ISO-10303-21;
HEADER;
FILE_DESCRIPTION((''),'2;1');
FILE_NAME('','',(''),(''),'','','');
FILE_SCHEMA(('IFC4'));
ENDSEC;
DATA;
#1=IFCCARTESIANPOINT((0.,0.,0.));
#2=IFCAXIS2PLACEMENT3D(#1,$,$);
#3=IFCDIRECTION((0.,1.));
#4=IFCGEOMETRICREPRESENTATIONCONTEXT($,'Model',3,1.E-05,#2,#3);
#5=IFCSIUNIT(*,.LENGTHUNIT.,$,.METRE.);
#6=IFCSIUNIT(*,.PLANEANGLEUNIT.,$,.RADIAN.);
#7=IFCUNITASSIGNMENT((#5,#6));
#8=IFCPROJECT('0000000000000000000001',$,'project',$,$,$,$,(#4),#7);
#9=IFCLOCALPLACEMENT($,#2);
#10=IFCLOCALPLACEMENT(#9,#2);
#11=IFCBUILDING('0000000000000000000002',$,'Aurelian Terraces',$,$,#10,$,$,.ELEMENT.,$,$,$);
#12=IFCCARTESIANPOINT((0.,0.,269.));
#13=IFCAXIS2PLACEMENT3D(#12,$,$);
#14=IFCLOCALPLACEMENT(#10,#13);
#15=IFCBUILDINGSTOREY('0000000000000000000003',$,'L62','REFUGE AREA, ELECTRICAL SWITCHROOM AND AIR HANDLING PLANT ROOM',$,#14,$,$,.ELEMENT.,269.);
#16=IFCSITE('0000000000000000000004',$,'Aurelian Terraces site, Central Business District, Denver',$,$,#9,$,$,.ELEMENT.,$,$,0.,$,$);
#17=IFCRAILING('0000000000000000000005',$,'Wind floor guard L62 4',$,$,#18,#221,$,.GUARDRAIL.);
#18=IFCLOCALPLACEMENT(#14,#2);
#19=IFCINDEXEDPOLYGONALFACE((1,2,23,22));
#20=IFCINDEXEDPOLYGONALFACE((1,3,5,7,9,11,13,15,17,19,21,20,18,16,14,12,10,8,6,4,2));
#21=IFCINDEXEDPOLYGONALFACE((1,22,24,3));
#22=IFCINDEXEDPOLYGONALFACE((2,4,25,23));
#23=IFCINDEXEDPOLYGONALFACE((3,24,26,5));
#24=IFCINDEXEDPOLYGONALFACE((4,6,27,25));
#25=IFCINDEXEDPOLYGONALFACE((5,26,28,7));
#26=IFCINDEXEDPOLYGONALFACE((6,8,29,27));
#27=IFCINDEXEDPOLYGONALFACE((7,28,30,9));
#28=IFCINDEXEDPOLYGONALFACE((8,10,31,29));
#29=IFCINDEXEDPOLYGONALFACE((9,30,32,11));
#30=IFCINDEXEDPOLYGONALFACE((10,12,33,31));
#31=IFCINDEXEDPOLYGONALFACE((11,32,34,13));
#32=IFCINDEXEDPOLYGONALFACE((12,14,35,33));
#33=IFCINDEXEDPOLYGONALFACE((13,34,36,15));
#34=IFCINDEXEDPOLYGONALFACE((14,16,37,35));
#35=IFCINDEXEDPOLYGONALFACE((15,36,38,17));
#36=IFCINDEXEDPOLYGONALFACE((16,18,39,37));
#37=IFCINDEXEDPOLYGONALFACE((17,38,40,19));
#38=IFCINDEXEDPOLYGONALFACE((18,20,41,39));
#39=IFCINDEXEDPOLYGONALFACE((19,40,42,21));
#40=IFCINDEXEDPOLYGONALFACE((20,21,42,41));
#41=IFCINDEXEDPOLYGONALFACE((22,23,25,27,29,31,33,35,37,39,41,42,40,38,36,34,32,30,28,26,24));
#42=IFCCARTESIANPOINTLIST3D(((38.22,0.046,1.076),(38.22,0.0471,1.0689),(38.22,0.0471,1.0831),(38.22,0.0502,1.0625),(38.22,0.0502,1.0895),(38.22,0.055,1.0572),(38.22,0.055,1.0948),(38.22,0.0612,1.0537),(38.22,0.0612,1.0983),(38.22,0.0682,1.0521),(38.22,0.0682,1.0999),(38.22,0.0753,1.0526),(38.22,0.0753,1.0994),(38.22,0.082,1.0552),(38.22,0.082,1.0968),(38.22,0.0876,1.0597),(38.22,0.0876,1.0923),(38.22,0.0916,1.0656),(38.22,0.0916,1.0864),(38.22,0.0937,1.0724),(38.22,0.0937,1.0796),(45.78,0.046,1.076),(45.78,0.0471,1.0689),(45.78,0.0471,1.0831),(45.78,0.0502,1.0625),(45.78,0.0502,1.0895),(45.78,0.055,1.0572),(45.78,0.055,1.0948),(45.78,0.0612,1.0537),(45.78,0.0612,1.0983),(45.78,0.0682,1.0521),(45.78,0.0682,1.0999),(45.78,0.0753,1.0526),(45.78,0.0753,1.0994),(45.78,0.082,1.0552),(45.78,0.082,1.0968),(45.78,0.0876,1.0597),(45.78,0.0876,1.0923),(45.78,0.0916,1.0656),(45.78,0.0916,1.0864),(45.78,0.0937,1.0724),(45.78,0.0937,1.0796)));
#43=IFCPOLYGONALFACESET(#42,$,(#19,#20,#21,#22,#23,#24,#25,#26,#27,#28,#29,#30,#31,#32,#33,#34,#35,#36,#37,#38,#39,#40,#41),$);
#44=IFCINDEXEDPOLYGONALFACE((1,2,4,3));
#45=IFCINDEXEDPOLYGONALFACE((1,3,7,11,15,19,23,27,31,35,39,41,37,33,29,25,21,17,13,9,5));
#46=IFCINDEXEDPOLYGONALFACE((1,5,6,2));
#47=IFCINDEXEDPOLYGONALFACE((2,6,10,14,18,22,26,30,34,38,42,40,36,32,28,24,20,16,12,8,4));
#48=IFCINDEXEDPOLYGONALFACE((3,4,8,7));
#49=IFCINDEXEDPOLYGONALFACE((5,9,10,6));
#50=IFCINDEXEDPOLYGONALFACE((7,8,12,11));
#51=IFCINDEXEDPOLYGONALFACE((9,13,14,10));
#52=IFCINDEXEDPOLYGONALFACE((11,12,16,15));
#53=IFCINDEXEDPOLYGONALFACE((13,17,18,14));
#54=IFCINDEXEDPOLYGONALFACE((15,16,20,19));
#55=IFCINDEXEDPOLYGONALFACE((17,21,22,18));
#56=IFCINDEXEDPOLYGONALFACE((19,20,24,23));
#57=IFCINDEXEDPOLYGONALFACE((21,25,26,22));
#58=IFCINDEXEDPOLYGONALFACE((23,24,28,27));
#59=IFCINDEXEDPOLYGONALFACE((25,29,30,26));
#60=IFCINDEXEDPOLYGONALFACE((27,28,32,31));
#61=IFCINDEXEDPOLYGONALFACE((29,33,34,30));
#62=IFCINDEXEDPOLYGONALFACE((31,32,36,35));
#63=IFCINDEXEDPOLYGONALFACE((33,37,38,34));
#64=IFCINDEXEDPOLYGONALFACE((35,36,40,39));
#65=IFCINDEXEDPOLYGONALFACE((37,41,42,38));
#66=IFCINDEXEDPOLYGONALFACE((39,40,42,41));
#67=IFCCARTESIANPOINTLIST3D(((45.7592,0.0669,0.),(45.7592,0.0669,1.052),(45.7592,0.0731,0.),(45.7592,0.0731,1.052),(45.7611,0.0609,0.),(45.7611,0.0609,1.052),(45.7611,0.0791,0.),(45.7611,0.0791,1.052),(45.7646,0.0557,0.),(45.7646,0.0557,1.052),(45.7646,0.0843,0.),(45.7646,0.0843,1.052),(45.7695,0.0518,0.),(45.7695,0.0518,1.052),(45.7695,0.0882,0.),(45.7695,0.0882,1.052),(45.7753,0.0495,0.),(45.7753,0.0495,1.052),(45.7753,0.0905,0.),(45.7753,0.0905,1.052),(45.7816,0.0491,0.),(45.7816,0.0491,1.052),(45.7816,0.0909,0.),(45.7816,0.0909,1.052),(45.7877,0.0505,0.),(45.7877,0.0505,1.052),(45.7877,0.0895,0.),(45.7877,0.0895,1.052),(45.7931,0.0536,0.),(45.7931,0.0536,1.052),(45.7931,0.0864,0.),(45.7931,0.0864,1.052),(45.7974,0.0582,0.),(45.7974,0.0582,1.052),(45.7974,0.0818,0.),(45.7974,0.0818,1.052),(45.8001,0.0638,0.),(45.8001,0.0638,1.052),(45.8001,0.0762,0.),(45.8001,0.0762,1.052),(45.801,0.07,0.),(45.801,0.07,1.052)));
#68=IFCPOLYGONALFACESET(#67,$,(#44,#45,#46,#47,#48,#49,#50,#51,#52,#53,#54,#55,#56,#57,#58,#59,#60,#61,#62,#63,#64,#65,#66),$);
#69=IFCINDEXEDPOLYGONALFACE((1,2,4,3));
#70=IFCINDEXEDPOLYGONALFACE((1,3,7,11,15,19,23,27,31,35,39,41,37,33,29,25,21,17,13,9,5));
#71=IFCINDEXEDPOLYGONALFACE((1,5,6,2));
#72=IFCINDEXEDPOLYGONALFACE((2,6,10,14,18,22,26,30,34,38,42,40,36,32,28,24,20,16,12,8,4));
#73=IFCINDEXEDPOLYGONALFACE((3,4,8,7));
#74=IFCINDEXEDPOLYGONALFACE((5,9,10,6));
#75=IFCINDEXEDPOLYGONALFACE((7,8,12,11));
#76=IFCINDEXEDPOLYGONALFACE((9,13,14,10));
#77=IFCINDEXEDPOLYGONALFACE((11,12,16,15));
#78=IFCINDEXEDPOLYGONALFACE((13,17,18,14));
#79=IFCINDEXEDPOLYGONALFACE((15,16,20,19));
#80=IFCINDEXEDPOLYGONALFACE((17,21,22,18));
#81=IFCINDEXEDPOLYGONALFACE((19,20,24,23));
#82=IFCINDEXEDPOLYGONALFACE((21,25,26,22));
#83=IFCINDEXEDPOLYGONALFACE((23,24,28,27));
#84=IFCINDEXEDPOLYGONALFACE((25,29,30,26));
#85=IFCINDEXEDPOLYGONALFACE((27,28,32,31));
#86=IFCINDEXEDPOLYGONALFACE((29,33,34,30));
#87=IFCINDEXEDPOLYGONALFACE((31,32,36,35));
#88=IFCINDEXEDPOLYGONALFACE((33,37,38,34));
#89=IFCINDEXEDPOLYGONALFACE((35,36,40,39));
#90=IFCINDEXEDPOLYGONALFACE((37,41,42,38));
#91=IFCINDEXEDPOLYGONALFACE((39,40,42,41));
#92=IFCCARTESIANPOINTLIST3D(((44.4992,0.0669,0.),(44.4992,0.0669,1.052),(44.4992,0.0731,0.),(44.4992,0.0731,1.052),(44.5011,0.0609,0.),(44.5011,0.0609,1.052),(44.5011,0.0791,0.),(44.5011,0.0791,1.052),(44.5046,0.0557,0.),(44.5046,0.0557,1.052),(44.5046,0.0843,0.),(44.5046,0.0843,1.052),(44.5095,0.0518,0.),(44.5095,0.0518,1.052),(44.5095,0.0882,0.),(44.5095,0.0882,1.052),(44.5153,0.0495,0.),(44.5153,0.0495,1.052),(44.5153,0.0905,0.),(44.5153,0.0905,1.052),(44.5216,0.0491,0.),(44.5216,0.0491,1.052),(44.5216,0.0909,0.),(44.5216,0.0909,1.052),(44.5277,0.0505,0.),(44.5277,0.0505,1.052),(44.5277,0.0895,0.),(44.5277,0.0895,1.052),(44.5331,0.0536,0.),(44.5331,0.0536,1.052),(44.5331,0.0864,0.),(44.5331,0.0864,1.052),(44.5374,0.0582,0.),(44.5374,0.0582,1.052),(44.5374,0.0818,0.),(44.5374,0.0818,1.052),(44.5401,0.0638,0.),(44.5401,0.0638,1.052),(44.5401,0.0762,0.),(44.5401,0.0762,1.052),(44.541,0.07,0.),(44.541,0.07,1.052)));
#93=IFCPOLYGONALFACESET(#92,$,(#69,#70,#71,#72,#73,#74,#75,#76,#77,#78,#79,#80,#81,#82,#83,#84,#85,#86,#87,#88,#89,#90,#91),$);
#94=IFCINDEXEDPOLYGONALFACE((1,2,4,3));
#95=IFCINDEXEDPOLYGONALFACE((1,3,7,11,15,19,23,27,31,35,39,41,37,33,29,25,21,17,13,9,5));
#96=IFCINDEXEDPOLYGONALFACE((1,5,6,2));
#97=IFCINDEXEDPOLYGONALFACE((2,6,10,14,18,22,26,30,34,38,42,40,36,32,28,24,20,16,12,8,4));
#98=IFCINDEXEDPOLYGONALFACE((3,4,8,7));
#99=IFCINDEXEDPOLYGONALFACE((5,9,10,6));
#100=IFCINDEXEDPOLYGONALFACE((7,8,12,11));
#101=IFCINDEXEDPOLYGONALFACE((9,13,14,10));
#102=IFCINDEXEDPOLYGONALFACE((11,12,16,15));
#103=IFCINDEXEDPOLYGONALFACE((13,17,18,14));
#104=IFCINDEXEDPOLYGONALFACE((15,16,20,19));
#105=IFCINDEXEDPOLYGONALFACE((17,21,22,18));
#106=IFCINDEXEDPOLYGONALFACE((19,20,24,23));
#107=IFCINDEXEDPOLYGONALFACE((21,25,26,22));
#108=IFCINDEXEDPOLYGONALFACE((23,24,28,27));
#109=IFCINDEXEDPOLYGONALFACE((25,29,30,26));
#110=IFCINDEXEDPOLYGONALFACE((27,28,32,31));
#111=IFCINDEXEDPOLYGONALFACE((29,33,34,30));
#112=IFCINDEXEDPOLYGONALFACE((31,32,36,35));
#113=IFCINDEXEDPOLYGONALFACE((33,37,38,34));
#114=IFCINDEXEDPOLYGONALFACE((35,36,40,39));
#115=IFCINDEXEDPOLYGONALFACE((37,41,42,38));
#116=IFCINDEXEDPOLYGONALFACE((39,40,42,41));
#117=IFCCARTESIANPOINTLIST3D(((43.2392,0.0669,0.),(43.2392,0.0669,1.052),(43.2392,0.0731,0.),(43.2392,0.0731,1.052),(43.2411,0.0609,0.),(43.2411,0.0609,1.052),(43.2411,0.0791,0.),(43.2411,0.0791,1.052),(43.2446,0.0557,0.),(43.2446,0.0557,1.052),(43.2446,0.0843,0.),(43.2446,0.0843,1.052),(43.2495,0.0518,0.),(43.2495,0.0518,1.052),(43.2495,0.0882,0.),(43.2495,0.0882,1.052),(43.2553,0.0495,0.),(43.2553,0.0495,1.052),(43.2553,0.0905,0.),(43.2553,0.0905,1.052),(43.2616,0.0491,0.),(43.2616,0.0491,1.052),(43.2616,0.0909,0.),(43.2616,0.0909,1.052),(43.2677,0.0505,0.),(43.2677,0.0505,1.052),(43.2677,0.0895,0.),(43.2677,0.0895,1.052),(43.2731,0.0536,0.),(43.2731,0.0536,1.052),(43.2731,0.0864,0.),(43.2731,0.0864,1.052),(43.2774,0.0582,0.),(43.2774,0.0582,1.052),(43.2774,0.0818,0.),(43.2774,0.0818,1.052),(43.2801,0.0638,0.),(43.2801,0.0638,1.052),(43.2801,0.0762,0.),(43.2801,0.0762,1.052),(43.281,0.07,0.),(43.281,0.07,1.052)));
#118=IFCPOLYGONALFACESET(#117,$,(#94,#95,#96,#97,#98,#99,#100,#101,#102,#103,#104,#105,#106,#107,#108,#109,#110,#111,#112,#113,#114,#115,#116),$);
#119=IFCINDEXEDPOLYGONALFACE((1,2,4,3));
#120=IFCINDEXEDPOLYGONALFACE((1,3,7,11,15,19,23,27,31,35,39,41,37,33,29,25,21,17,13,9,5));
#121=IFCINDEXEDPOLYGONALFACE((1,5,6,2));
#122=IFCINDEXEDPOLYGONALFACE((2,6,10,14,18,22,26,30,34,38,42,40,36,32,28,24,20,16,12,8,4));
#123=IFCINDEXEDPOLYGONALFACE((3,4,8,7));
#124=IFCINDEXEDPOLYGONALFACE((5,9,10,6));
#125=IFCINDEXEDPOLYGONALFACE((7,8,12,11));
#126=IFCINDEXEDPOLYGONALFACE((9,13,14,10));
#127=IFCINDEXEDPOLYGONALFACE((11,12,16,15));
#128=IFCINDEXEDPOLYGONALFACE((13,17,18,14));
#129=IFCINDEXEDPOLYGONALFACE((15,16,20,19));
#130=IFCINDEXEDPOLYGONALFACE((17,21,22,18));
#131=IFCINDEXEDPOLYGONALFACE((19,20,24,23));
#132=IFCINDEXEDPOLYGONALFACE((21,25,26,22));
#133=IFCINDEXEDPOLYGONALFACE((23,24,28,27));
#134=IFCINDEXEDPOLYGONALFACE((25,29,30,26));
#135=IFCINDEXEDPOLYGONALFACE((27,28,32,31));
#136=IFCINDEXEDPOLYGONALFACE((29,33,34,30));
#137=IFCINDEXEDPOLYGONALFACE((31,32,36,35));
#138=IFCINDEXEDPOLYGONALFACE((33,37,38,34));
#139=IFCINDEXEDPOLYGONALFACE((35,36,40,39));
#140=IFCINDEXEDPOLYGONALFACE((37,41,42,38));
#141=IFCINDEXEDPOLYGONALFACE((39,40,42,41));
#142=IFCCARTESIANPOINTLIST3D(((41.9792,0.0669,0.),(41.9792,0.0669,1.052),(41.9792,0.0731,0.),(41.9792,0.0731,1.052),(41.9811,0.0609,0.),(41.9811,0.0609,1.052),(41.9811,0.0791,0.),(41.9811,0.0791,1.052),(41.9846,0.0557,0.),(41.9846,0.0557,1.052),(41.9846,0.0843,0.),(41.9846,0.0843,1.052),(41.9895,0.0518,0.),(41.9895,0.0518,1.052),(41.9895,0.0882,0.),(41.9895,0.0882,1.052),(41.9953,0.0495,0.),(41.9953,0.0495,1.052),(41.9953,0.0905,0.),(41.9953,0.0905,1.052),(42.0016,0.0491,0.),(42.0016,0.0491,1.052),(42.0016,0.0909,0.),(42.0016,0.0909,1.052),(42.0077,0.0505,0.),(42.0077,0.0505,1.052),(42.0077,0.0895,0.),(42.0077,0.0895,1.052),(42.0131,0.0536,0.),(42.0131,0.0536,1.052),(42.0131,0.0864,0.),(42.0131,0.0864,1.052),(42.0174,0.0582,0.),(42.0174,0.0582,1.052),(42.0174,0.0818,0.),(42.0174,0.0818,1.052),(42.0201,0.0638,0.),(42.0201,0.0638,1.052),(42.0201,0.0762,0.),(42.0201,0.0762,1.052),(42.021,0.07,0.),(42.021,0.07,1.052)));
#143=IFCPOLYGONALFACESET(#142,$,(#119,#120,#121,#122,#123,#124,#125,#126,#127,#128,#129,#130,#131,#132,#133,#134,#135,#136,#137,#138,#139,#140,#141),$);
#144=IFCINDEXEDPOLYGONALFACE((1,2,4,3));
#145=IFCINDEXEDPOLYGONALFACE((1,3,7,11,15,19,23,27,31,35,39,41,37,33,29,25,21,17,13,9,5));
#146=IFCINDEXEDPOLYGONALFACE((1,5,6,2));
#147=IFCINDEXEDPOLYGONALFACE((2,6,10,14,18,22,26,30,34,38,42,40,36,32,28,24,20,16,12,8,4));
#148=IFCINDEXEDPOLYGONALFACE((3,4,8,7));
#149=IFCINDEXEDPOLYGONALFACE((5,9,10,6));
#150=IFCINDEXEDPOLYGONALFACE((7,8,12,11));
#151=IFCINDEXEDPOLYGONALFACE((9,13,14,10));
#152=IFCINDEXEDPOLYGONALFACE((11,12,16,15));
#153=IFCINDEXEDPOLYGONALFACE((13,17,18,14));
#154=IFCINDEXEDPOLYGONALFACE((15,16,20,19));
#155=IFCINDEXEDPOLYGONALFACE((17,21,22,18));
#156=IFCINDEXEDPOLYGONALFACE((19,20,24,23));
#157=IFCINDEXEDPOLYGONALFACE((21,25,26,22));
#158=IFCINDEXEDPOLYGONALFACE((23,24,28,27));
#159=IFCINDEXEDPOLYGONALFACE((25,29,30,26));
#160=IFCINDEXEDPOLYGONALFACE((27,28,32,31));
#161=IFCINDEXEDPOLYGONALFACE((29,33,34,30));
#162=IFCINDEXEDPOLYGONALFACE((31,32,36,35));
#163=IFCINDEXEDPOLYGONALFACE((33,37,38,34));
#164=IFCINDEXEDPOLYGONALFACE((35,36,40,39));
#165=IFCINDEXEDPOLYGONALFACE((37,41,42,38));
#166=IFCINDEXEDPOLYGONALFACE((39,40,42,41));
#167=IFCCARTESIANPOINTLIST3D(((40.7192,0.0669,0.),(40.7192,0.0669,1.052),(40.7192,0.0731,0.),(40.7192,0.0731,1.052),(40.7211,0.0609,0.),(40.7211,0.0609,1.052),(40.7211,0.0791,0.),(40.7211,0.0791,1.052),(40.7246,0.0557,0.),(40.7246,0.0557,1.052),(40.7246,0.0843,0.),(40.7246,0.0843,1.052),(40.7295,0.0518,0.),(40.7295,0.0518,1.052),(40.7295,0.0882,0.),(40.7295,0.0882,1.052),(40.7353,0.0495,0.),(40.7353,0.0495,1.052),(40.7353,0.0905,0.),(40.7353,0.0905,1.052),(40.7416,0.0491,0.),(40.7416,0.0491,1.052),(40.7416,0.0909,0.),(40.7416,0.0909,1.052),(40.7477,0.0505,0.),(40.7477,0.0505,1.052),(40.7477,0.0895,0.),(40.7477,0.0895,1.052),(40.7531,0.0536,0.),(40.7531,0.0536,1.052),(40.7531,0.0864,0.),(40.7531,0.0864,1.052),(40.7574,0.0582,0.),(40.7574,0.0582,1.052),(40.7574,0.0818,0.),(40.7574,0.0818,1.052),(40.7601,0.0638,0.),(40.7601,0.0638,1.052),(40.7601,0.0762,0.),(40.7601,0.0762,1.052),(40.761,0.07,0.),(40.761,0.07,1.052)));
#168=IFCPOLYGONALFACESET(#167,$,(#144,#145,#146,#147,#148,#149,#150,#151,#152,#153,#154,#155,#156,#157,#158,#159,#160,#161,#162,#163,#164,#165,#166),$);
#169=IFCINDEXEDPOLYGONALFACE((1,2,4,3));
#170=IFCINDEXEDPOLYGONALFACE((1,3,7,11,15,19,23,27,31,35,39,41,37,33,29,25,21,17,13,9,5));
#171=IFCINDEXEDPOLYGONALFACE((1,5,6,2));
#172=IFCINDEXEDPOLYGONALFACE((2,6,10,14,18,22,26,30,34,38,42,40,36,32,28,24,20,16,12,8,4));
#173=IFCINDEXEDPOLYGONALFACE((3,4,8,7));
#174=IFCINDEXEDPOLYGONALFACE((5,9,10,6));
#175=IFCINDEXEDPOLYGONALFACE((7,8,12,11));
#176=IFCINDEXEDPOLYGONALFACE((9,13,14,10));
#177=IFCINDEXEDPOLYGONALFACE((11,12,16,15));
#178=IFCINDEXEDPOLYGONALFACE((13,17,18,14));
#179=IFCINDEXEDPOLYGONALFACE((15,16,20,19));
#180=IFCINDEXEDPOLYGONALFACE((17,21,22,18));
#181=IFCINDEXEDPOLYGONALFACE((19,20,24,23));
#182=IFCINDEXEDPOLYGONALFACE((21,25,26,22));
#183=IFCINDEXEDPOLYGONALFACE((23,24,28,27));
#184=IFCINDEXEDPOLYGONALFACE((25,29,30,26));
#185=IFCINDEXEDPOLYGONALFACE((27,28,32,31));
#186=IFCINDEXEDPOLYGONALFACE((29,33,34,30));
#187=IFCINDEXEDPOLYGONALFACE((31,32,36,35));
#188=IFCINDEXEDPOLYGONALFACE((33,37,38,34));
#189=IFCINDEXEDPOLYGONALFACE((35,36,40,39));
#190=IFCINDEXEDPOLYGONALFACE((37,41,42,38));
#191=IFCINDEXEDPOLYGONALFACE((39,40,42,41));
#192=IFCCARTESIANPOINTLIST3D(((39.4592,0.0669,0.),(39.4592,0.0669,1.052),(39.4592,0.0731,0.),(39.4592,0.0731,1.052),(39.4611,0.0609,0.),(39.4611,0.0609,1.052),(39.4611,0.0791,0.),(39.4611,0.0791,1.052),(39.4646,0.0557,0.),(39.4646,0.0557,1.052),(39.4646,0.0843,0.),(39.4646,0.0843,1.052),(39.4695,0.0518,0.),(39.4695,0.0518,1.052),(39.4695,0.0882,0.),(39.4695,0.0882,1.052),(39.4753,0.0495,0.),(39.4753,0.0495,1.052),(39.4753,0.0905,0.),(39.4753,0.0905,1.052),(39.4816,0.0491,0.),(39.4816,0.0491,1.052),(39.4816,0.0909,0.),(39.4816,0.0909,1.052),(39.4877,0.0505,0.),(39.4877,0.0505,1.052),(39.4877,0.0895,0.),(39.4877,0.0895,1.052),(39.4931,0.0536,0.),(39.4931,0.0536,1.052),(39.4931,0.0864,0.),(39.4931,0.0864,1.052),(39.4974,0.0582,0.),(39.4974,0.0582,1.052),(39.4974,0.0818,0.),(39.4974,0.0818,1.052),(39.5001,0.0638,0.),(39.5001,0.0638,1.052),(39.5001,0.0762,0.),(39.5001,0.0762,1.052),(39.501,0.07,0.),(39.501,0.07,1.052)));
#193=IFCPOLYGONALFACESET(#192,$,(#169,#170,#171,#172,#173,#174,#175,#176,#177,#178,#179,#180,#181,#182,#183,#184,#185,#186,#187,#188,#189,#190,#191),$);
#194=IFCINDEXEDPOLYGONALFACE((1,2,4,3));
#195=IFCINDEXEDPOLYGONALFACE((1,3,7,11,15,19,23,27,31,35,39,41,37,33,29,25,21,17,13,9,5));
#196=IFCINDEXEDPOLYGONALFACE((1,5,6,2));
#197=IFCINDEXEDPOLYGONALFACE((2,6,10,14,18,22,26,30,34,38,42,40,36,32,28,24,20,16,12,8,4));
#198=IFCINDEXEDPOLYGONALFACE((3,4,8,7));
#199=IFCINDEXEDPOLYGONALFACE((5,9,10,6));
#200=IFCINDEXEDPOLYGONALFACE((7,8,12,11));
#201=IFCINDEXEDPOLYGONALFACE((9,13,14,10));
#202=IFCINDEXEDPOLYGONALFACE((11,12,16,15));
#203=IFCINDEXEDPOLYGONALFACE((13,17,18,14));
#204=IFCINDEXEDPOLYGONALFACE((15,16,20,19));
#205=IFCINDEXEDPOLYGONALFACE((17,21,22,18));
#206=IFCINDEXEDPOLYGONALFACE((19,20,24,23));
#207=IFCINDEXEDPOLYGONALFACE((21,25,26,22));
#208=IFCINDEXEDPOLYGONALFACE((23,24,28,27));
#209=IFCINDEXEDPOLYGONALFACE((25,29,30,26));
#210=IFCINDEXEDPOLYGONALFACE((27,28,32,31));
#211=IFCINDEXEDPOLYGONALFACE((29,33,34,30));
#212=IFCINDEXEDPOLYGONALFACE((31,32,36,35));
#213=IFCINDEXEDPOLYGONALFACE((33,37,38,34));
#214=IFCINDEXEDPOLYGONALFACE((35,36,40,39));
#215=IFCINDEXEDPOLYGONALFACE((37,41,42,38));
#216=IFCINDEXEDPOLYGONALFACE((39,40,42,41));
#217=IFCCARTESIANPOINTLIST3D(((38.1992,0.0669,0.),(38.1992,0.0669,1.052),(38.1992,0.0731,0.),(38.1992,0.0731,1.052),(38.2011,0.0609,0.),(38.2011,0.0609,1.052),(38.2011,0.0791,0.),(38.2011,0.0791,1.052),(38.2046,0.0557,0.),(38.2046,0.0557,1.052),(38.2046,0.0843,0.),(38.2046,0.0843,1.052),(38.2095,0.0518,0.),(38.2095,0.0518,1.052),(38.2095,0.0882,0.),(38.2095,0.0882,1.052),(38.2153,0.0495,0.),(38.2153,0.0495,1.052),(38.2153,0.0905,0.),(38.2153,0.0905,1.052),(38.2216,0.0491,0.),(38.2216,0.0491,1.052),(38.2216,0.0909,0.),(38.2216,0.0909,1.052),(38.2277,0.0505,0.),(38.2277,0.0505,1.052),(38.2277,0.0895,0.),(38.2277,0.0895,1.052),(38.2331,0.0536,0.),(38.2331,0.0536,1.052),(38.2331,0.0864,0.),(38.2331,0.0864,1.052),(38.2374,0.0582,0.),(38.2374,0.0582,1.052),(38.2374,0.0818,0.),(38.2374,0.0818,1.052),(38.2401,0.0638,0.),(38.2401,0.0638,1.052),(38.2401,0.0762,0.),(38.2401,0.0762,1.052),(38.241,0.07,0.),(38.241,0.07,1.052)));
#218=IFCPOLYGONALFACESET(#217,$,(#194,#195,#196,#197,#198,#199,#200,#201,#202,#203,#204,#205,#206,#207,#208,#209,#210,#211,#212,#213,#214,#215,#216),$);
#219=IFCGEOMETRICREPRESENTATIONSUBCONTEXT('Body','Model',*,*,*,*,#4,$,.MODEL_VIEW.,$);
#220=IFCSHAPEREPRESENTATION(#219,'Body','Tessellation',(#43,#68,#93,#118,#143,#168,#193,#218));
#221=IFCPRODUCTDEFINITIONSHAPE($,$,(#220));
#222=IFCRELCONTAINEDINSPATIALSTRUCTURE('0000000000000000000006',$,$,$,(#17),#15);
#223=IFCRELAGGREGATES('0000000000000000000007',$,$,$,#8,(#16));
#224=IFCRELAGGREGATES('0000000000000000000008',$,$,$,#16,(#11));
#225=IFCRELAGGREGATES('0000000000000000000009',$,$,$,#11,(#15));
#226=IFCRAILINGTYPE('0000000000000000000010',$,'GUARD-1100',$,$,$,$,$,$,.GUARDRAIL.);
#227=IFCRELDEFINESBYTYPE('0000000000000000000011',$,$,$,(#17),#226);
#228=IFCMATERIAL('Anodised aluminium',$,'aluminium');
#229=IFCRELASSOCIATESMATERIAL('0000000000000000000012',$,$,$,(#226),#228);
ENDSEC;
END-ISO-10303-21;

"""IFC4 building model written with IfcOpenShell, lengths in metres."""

from ifc_helpers import new_model, si_unit, direction, frame, origin, origin_2d, place, context, subcontext, project, spatial, circle, extrude, material, type_object, element, save


model = new_model("IFC4")

# Units and contexts
model_context = context("Model", 3, precision=1e-05, world=origin(), true_north=direction((0.0, 1.0)))
body_context = subcontext(model_context, "Body", "Model", "MODEL_VIEW")
ifc_project = project(units=[si_unit("LENGTHUNIT", "METRE"), si_unit("PLANEANGLEUNIT", "RADIAN")], contexts=[model_context])

# Site, building, storey
site_placement = place(None, origin())
site = spatial("IfcSite", under=ifc_project, at=site_placement, Name="Aurelian Terraces site, Central Business District, Denver", CompositionType="ELEMENT", RefElevation=0.0)
building_placement = place(site_placement, origin())
building = spatial("IfcBuilding", under=site, at=building_placement, Name="Aurelian Terraces", CompositionType="ELEMENT")
storey_placement = place(building_placement, frame((0.0, 0.0, 269.0)))
storey = spatial("IfcBuildingStorey", under=building, at=storey_placement, Name="L62", Description="REFUGE AREA, ELECTRICAL SWITCHROOM AND AIR HANDLING PLANT ROOM", CompositionType="ELEMENT", Elevation=269.0)

# Railing
ifc_material_1 = material(Name="Anodised aluminium", Category="aluminium")
railing_type_1 = type_object("IfcRailingType", Name="GUARD-1100", PredefinedType="GUARDRAIL", material=ifc_material_1)
railing_1_placement = place(storey_placement, frame((45.78, 0.07, 0.0)))
element("IfcRailing", 1, at=railing_1_placement, inside=storey, type_object=railing_type_1, Name="Wind floor guard L62 4", PredefinedType="GUARDRAIL", context=body_context, shape_type="SweptSolid", body=[
    extrude(circle(Radius=0.024, at=origin_2d()), frame((0.0, 0.0, 1.076), z_axis=(-1.0, 0.0, 0.0), x_axis=(0.0, -1.0, 0.0)), (0.0, 0.0, 1.0), 7.56),
    extrude(circle(Radius=0.021, at=origin_2d()), origin(), (0.0, 0.0, 1.0), 1.052),
    extrude(circle(Radius=0.021, at=origin_2d()), frame((-1.26, 0.0, 0.0)), (0.0, 0.0, 1.0), 1.052),
    extrude(circle(Radius=0.021, at=origin_2d()), frame((-2.52, 0.0, 0.0)), (0.0, 0.0, 1.0), 1.052),
    extrude(circle(Radius=0.021, at=origin_2d()), frame((-3.78, 0.0, 0.0)), (0.0, 0.0, 1.0), 1.052),
    extrude(circle(Radius=0.021, at=origin_2d()), frame((-5.04, 0.0, 0.0)), (0.0, 0.0, 1.0), 1.052),
    extrude(circle(Radius=0.021, at=origin_2d()), frame((-6.3, 0.0, 0.0)), (0.0, 0.0, 1.0), 1.052),
    extrude(circle(Radius=0.021, at=origin_2d()), frame((-7.56, 0.0, 0.0)), (0.0, 0.0, 1.0), 1.052),
])

save(model, "model.ifc")
